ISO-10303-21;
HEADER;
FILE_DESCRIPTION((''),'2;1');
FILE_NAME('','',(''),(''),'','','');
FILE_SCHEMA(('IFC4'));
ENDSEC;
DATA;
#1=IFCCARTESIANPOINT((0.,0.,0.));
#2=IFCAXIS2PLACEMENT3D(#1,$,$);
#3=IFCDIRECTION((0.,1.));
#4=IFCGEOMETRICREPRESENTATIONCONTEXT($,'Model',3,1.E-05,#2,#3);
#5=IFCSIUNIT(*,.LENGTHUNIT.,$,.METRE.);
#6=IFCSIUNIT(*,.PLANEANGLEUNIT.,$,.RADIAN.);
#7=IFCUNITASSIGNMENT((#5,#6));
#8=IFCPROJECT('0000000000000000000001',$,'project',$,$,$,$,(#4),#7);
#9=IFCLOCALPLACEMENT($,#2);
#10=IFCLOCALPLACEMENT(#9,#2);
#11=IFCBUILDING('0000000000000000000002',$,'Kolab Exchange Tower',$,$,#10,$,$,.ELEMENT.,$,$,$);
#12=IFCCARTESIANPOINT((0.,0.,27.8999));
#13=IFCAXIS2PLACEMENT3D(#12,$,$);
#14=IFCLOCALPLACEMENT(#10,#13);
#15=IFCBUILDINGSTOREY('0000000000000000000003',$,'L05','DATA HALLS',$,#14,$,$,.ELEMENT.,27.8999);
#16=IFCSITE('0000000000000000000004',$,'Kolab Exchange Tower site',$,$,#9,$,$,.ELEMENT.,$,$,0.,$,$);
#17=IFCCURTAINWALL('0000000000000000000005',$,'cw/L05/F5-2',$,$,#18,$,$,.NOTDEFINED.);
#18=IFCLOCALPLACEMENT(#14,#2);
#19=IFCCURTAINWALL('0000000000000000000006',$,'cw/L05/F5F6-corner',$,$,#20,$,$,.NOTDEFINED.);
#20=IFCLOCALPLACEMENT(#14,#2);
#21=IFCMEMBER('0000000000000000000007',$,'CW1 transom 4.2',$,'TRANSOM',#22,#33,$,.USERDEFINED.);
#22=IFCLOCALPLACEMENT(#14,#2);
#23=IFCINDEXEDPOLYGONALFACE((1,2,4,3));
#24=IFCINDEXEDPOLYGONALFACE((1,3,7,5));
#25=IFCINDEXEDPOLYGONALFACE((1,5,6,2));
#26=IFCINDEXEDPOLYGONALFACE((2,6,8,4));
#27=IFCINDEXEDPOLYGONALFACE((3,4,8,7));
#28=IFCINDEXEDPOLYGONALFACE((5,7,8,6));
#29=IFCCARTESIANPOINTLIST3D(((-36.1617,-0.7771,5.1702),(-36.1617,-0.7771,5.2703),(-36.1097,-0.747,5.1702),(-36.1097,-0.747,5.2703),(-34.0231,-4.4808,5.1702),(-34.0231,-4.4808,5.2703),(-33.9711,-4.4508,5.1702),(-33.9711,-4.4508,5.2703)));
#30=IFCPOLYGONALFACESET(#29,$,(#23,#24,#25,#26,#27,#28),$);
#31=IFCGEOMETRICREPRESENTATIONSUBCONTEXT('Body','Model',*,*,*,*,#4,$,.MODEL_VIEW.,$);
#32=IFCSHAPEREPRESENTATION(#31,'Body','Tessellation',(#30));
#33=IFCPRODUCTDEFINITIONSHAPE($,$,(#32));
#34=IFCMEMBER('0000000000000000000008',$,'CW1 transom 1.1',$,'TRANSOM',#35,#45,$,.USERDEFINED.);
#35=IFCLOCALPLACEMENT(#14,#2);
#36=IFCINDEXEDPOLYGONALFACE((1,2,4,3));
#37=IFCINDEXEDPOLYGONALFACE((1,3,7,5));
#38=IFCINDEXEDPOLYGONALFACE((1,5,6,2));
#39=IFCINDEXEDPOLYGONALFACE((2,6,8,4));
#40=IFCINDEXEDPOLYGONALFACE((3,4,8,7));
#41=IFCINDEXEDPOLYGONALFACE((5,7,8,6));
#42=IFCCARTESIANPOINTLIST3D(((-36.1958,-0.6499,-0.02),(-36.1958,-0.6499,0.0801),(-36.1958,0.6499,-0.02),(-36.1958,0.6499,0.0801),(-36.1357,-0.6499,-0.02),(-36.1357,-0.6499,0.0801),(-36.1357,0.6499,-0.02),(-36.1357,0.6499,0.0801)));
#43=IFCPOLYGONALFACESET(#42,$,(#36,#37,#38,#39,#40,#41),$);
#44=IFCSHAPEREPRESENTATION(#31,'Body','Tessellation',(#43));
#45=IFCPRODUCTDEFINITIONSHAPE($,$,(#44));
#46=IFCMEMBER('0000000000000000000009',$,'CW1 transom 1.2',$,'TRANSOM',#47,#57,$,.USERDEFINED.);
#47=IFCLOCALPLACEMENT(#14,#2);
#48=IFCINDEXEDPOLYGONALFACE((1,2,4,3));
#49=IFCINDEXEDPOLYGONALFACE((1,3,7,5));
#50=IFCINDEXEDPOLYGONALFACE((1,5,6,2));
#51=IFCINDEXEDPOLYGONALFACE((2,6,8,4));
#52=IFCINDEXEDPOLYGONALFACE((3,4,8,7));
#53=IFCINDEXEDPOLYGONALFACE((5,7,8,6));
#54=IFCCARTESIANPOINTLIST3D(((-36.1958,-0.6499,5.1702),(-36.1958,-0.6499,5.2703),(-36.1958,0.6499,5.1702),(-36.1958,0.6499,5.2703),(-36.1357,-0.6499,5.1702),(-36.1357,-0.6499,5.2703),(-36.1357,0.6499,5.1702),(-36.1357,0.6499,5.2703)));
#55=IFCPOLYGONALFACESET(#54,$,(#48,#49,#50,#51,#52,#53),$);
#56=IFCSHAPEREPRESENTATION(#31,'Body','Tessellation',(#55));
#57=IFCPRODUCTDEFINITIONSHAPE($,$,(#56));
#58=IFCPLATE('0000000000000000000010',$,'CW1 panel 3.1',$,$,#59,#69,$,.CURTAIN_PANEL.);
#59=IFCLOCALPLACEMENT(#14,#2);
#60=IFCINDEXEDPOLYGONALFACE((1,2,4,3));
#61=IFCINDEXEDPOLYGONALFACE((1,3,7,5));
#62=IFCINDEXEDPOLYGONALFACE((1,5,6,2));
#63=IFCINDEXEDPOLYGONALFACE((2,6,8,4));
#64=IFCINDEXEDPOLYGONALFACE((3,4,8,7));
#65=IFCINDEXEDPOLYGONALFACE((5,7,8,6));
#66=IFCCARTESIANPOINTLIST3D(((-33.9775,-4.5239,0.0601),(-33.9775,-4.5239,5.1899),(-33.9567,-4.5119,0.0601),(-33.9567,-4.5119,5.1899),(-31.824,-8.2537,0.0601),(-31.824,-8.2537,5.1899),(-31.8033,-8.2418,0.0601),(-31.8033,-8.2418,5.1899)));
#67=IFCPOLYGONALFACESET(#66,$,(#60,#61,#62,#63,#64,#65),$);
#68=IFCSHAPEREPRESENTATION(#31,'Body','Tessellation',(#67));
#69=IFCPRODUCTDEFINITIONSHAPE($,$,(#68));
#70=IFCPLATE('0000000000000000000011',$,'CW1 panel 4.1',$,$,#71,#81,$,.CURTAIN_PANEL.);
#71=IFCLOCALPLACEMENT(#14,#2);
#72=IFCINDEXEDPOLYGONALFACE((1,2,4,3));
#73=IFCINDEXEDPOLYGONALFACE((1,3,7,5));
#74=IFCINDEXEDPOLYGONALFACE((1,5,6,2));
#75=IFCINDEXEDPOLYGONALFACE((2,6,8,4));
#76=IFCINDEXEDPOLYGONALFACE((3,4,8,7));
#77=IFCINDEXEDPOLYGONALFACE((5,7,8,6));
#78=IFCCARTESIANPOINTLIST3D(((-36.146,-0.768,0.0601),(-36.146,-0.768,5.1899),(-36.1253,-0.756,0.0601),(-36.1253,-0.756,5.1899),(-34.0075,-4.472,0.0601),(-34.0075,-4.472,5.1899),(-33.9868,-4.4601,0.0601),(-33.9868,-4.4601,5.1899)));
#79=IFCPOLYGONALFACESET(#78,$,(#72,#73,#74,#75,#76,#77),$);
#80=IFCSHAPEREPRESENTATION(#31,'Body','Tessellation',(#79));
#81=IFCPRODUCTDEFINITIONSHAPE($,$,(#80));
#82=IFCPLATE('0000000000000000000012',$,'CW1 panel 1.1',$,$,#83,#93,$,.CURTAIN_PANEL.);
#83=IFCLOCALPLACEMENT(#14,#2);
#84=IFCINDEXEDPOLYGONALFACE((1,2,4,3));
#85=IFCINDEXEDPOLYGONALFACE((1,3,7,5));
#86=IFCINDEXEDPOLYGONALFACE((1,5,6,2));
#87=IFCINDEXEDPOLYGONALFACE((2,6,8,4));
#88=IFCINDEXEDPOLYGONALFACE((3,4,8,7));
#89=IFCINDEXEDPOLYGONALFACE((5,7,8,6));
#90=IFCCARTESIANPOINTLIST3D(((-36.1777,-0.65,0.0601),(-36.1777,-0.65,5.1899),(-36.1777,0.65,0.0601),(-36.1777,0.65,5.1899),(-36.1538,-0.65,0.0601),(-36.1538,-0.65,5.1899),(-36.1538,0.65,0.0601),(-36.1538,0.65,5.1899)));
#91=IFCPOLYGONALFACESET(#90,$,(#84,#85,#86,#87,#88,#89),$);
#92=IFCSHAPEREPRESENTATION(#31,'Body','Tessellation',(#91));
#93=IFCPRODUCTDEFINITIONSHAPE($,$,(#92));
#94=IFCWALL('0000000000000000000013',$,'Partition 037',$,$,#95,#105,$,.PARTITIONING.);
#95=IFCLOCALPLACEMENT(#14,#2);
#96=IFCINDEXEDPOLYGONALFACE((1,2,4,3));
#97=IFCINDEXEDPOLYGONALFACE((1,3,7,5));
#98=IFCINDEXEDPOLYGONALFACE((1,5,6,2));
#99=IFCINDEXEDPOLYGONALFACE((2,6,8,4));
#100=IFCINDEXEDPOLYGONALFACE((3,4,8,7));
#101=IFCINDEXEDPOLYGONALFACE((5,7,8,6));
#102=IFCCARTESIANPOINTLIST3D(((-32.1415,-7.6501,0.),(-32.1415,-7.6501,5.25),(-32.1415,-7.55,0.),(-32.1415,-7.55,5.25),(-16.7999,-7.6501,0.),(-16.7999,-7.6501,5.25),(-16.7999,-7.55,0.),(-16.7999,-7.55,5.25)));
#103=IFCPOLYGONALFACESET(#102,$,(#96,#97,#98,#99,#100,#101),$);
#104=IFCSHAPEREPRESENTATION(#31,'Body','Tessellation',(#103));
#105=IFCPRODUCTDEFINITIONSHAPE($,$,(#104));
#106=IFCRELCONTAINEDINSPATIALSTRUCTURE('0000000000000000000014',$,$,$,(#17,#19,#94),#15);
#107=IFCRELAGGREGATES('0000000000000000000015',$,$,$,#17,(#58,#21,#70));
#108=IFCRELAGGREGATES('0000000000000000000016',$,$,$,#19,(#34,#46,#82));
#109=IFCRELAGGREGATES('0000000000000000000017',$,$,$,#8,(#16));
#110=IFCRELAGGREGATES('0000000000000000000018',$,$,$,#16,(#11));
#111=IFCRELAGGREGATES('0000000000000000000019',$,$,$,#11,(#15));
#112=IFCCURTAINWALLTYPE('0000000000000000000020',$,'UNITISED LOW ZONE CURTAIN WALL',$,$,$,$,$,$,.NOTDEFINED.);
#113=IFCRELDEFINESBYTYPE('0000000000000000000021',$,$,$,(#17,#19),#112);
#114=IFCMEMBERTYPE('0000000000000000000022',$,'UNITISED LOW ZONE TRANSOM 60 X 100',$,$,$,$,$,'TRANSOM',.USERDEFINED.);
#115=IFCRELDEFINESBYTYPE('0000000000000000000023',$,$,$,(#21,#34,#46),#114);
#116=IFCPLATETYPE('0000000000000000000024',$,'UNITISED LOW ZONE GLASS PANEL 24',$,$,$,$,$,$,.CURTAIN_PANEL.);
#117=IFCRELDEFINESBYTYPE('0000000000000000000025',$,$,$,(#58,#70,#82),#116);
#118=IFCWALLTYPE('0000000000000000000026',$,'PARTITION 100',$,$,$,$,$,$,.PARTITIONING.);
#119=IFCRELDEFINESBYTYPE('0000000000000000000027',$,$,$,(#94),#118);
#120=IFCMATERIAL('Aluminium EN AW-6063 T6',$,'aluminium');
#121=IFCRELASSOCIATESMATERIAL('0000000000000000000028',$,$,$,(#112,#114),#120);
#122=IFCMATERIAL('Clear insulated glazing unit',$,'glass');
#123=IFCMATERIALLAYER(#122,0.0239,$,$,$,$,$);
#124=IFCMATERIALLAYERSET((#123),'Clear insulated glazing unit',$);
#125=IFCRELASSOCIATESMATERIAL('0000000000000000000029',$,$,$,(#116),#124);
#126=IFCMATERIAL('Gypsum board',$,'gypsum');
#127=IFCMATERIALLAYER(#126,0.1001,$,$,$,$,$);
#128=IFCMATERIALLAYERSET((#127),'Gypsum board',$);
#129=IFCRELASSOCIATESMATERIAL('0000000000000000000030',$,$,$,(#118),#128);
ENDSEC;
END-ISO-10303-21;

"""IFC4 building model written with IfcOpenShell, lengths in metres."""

from ifc_helpers import new_model, si_unit, direction, frame, frame_2d, origin, origin_2d, place, context, subcontext, project, spatial, rectangle, extrude, material, layer, layer_set, material_profile, profile_set, type_object, element, aggregate, save


model = new_model("IFC4")

# Units and contexts
model_context = context("Model", 3, precision=1e-05, world=origin(), true_north=direction((0.0, 1.0)))
body_context = subcontext(model_context, "Body", "Model", "MODEL_VIEW")
ifc_project = project(units=[si_unit("LENGTHUNIT", "METRE"), si_unit("PLANEANGLEUNIT", "RADIAN")], contexts=[model_context])

# Site, building, storey
site_placement = place(None, origin())
site = spatial("IfcSite", under=ifc_project, at=site_placement, Name="Kolab Exchange Tower site", CompositionType="ELEMENT", RefElevation=0.0)
building_placement = place(site_placement, origin())
building = spatial("IfcBuilding", under=site, at=building_placement, Name="Kolab Exchange Tower", CompositionType="ELEMENT")
storey_placement = place(building_placement, frame((0.0, 0.0, 27.8999)))
storey = spatial("IfcBuildingStorey", under=building, at=storey_placement, Name="L05", Description="DATA HALLS", CompositionType="ELEMENT", Elevation=27.8999)

# Curtain wall
ifc_material_1 = material(Name="Aluminium EN AW-6063 T6", Category="aluminium")
curtain_wall_type = type_object("IfcCurtainWallType", Name="UNITISED LOW ZONE CURTAIN WALL", PredefinedType="NOTDEFINED", material=ifc_material_1)
curtain_wall_1_placement = place(storey_placement, origin())
curtain_wall_1 = element("IfcCurtainWall", 1, at=curtain_wall_1_placement, inside=storey, type_object=curtain_wall_type, Name="cw/L05/F5-2", PredefinedType="NOTDEFINED")

# Curtain wall
curtain_wall_2_placement = place(storey_placement, origin())
curtain_wall_2 = element("IfcCurtainWall", 2, at=curtain_wall_2_placement, inside=storey, type_object=curtain_wall_type, Name="cw/L05/F5F6-corner", PredefinedType="NOTDEFINED")

# Members
ifc_material_profile_1 = material_profile(ifc_material_1, rectangle(XDim=0.0601, YDim=0.1001, at=origin_2d()), Name="RECT 60X100")
ifc_profile_set_1 = profile_set([ifc_material_profile_1], Name="Aluminium EN AW-6063 T6")
member_type_1 = type_object("IfcMemberType", Name="UNITISED LOW ZONE TRANSOM 60 X 100", ElementType="TRANSOM", PredefinedType="USERDEFINED", material=ifc_profile_set_1)
member_1_placement = place(storey_placement, frame((-33.9971, -4.4658, 5.2202), z_axis=(-0.500044, 0.866, 0.0), x_axis=(-0.866, -0.500044, 0.0)))
member_1 = element("IfcMember", 3, at=member_1_placement, type_object=member_type_1, Name="CW1 transom 4.2", ObjectType="TRANSOM", PredefinedType="USERDEFINED", context=body_context, shape_type="SweptSolid", body=[
    extrude(rectangle(XDim=0.0601, YDim=0.1001, at=origin_2d()), origin(), (0.0, 0.0, 1.0), 4.2769),
])
member_2_placement = place(storey_placement, frame((-36.1658, -0.6499, 0.03), z_axis=(0.0, 1.0, 0.0), x_axis=(-1.0, 0.0, 0.0)))
member_2 = element("IfcMember", 4, at=member_2_placement, type_object=member_type_1, Name="CW1 transom 1.1", ObjectType="TRANSOM", PredefinedType="USERDEFINED", context=body_context, shape_type="SweptSolid", body=[
    extrude(rectangle(XDim=0.0601, YDim=0.1001, at=origin_2d()), origin(), (0.0, 0.0, 1.0), 1.2998),
])
member_3_placement = place(storey_placement, frame((-36.1658, -0.6499, 5.2202), z_axis=(0.0, 1.0, 0.0), x_axis=(-1.0, 0.0, 0.0)))
member_3 = element("IfcMember", 5, at=member_3_placement, type_object=member_type_1, Name="CW1 transom 1.2", ObjectType="TRANSOM", PredefinedType="USERDEFINED", context=body_context, shape_type="SweptSolid", body=[
    extrude(rectangle(XDim=0.0601, YDim=0.1001, at=origin_2d()), origin(), (0.0, 0.0, 1.0), 1.2998),
])

# Plates
ifc_material_2 = material(Name="Clear insulated glazing unit", Category="glass")
ifc_layer_1 = layer(ifc_material_2, 0.0239)
ifc_layer_set_1 = layer_set([ifc_layer_1], Name="Clear insulated glazing unit")
plate_type = type_object("IfcPlateType", Name="UNITISED LOW ZONE GLASS PANEL 24", PredefinedType="CURTAIN_PANEL", material=ifc_layer_set_1)
plate_1_placement = place(storey_placement, frame((-32.8904, -6.3828, 0.0601), z_axis=(0.0, 0.0, 1.0), x_axis=(-0.5, 0.866025, 0.0)))
plate_1 = element("IfcPlate", 6, at=plate_1_placement, type_object=plate_type, Name="CW1 panel 3.1", PredefinedType="CURTAIN_PANEL", context=body_context, shape_type="SweptSolid", body=[
    extrude(rectangle(XDim=4.3069, YDim=0.0239, at=origin_2d()), origin(), (0.0, 0.0, 1.0), 5.1299),
])
plate_2_placement = place(storey_placement, frame((-35.0664, -2.614, 0.0601), z_axis=(0.0, 0.0, 1.0), x_axis=(-0.5, 0.866025, 0.0)))
plate_2 = element("IfcPlate", 7, at=plate_2_placement, type_object=plate_type, Name="CW1 panel 4.1", PredefinedType="CURTAIN_PANEL", context=body_context, shape_type="SweptSolid", body=[
    extrude(rectangle(XDim=4.2771, YDim=0.0239, at=origin_2d()), origin(), (0.0, 0.0, 1.0), 5.1299),
])
aggregate(curtain_wall_1, [plate_1, member_1, plate_2])
plate_3_placement = place(storey_placement, frame((-36.1658, 0.0, 0.0601), z_axis=(0.0, 0.0, 1.0), x_axis=(0.0, 1.0, 0.0)))
plate_3 = element("IfcPlate", 8, at=plate_3_placement, type_object=plate_type, Name="CW1 panel 1.1", PredefinedType="CURTAIN_PANEL", context=body_context, shape_type="SweptSolid", body=[
    extrude(rectangle(XDim=1.3, YDim=0.0239, at=origin_2d()), origin(), (0.0, 0.0, 1.0), 5.1299),
])
aggregate(curtain_wall_2, [member_2, member_3, plate_3])

# Wall
ifc_material_3 = material(Name="Gypsum board", Category="gypsum")
ifc_layer_2 = layer(ifc_material_3, 0.1001)
ifc_layer_set_2 = layer_set([ifc_layer_2], Name="Gypsum board")
wall_type = type_object("IfcWallType", Name="PARTITION 100", PredefinedType="PARTITIONING", material=ifc_layer_set_2)
wall_placement = place(storey_placement, frame((-32.1416, -7.6001, 0.0), z_axis=(0.0, 0.0, 1.0), x_axis=(1.0, 0.0, 0.0)))
element("IfcWall", 9, at=wall_placement, inside=storey, type_object=wall_type, Name="Partition 037", PredefinedType="PARTITIONING", context=body_context, shape_type="SweptSolid", body=[
    extrude(rectangle(XDim=15.3416, YDim=0.1001, at=frame_2d((7.6709, 0.0))), origin(), (0.0, 0.0, 1.0), 5.25),
])

save(model, "model.ifc")
